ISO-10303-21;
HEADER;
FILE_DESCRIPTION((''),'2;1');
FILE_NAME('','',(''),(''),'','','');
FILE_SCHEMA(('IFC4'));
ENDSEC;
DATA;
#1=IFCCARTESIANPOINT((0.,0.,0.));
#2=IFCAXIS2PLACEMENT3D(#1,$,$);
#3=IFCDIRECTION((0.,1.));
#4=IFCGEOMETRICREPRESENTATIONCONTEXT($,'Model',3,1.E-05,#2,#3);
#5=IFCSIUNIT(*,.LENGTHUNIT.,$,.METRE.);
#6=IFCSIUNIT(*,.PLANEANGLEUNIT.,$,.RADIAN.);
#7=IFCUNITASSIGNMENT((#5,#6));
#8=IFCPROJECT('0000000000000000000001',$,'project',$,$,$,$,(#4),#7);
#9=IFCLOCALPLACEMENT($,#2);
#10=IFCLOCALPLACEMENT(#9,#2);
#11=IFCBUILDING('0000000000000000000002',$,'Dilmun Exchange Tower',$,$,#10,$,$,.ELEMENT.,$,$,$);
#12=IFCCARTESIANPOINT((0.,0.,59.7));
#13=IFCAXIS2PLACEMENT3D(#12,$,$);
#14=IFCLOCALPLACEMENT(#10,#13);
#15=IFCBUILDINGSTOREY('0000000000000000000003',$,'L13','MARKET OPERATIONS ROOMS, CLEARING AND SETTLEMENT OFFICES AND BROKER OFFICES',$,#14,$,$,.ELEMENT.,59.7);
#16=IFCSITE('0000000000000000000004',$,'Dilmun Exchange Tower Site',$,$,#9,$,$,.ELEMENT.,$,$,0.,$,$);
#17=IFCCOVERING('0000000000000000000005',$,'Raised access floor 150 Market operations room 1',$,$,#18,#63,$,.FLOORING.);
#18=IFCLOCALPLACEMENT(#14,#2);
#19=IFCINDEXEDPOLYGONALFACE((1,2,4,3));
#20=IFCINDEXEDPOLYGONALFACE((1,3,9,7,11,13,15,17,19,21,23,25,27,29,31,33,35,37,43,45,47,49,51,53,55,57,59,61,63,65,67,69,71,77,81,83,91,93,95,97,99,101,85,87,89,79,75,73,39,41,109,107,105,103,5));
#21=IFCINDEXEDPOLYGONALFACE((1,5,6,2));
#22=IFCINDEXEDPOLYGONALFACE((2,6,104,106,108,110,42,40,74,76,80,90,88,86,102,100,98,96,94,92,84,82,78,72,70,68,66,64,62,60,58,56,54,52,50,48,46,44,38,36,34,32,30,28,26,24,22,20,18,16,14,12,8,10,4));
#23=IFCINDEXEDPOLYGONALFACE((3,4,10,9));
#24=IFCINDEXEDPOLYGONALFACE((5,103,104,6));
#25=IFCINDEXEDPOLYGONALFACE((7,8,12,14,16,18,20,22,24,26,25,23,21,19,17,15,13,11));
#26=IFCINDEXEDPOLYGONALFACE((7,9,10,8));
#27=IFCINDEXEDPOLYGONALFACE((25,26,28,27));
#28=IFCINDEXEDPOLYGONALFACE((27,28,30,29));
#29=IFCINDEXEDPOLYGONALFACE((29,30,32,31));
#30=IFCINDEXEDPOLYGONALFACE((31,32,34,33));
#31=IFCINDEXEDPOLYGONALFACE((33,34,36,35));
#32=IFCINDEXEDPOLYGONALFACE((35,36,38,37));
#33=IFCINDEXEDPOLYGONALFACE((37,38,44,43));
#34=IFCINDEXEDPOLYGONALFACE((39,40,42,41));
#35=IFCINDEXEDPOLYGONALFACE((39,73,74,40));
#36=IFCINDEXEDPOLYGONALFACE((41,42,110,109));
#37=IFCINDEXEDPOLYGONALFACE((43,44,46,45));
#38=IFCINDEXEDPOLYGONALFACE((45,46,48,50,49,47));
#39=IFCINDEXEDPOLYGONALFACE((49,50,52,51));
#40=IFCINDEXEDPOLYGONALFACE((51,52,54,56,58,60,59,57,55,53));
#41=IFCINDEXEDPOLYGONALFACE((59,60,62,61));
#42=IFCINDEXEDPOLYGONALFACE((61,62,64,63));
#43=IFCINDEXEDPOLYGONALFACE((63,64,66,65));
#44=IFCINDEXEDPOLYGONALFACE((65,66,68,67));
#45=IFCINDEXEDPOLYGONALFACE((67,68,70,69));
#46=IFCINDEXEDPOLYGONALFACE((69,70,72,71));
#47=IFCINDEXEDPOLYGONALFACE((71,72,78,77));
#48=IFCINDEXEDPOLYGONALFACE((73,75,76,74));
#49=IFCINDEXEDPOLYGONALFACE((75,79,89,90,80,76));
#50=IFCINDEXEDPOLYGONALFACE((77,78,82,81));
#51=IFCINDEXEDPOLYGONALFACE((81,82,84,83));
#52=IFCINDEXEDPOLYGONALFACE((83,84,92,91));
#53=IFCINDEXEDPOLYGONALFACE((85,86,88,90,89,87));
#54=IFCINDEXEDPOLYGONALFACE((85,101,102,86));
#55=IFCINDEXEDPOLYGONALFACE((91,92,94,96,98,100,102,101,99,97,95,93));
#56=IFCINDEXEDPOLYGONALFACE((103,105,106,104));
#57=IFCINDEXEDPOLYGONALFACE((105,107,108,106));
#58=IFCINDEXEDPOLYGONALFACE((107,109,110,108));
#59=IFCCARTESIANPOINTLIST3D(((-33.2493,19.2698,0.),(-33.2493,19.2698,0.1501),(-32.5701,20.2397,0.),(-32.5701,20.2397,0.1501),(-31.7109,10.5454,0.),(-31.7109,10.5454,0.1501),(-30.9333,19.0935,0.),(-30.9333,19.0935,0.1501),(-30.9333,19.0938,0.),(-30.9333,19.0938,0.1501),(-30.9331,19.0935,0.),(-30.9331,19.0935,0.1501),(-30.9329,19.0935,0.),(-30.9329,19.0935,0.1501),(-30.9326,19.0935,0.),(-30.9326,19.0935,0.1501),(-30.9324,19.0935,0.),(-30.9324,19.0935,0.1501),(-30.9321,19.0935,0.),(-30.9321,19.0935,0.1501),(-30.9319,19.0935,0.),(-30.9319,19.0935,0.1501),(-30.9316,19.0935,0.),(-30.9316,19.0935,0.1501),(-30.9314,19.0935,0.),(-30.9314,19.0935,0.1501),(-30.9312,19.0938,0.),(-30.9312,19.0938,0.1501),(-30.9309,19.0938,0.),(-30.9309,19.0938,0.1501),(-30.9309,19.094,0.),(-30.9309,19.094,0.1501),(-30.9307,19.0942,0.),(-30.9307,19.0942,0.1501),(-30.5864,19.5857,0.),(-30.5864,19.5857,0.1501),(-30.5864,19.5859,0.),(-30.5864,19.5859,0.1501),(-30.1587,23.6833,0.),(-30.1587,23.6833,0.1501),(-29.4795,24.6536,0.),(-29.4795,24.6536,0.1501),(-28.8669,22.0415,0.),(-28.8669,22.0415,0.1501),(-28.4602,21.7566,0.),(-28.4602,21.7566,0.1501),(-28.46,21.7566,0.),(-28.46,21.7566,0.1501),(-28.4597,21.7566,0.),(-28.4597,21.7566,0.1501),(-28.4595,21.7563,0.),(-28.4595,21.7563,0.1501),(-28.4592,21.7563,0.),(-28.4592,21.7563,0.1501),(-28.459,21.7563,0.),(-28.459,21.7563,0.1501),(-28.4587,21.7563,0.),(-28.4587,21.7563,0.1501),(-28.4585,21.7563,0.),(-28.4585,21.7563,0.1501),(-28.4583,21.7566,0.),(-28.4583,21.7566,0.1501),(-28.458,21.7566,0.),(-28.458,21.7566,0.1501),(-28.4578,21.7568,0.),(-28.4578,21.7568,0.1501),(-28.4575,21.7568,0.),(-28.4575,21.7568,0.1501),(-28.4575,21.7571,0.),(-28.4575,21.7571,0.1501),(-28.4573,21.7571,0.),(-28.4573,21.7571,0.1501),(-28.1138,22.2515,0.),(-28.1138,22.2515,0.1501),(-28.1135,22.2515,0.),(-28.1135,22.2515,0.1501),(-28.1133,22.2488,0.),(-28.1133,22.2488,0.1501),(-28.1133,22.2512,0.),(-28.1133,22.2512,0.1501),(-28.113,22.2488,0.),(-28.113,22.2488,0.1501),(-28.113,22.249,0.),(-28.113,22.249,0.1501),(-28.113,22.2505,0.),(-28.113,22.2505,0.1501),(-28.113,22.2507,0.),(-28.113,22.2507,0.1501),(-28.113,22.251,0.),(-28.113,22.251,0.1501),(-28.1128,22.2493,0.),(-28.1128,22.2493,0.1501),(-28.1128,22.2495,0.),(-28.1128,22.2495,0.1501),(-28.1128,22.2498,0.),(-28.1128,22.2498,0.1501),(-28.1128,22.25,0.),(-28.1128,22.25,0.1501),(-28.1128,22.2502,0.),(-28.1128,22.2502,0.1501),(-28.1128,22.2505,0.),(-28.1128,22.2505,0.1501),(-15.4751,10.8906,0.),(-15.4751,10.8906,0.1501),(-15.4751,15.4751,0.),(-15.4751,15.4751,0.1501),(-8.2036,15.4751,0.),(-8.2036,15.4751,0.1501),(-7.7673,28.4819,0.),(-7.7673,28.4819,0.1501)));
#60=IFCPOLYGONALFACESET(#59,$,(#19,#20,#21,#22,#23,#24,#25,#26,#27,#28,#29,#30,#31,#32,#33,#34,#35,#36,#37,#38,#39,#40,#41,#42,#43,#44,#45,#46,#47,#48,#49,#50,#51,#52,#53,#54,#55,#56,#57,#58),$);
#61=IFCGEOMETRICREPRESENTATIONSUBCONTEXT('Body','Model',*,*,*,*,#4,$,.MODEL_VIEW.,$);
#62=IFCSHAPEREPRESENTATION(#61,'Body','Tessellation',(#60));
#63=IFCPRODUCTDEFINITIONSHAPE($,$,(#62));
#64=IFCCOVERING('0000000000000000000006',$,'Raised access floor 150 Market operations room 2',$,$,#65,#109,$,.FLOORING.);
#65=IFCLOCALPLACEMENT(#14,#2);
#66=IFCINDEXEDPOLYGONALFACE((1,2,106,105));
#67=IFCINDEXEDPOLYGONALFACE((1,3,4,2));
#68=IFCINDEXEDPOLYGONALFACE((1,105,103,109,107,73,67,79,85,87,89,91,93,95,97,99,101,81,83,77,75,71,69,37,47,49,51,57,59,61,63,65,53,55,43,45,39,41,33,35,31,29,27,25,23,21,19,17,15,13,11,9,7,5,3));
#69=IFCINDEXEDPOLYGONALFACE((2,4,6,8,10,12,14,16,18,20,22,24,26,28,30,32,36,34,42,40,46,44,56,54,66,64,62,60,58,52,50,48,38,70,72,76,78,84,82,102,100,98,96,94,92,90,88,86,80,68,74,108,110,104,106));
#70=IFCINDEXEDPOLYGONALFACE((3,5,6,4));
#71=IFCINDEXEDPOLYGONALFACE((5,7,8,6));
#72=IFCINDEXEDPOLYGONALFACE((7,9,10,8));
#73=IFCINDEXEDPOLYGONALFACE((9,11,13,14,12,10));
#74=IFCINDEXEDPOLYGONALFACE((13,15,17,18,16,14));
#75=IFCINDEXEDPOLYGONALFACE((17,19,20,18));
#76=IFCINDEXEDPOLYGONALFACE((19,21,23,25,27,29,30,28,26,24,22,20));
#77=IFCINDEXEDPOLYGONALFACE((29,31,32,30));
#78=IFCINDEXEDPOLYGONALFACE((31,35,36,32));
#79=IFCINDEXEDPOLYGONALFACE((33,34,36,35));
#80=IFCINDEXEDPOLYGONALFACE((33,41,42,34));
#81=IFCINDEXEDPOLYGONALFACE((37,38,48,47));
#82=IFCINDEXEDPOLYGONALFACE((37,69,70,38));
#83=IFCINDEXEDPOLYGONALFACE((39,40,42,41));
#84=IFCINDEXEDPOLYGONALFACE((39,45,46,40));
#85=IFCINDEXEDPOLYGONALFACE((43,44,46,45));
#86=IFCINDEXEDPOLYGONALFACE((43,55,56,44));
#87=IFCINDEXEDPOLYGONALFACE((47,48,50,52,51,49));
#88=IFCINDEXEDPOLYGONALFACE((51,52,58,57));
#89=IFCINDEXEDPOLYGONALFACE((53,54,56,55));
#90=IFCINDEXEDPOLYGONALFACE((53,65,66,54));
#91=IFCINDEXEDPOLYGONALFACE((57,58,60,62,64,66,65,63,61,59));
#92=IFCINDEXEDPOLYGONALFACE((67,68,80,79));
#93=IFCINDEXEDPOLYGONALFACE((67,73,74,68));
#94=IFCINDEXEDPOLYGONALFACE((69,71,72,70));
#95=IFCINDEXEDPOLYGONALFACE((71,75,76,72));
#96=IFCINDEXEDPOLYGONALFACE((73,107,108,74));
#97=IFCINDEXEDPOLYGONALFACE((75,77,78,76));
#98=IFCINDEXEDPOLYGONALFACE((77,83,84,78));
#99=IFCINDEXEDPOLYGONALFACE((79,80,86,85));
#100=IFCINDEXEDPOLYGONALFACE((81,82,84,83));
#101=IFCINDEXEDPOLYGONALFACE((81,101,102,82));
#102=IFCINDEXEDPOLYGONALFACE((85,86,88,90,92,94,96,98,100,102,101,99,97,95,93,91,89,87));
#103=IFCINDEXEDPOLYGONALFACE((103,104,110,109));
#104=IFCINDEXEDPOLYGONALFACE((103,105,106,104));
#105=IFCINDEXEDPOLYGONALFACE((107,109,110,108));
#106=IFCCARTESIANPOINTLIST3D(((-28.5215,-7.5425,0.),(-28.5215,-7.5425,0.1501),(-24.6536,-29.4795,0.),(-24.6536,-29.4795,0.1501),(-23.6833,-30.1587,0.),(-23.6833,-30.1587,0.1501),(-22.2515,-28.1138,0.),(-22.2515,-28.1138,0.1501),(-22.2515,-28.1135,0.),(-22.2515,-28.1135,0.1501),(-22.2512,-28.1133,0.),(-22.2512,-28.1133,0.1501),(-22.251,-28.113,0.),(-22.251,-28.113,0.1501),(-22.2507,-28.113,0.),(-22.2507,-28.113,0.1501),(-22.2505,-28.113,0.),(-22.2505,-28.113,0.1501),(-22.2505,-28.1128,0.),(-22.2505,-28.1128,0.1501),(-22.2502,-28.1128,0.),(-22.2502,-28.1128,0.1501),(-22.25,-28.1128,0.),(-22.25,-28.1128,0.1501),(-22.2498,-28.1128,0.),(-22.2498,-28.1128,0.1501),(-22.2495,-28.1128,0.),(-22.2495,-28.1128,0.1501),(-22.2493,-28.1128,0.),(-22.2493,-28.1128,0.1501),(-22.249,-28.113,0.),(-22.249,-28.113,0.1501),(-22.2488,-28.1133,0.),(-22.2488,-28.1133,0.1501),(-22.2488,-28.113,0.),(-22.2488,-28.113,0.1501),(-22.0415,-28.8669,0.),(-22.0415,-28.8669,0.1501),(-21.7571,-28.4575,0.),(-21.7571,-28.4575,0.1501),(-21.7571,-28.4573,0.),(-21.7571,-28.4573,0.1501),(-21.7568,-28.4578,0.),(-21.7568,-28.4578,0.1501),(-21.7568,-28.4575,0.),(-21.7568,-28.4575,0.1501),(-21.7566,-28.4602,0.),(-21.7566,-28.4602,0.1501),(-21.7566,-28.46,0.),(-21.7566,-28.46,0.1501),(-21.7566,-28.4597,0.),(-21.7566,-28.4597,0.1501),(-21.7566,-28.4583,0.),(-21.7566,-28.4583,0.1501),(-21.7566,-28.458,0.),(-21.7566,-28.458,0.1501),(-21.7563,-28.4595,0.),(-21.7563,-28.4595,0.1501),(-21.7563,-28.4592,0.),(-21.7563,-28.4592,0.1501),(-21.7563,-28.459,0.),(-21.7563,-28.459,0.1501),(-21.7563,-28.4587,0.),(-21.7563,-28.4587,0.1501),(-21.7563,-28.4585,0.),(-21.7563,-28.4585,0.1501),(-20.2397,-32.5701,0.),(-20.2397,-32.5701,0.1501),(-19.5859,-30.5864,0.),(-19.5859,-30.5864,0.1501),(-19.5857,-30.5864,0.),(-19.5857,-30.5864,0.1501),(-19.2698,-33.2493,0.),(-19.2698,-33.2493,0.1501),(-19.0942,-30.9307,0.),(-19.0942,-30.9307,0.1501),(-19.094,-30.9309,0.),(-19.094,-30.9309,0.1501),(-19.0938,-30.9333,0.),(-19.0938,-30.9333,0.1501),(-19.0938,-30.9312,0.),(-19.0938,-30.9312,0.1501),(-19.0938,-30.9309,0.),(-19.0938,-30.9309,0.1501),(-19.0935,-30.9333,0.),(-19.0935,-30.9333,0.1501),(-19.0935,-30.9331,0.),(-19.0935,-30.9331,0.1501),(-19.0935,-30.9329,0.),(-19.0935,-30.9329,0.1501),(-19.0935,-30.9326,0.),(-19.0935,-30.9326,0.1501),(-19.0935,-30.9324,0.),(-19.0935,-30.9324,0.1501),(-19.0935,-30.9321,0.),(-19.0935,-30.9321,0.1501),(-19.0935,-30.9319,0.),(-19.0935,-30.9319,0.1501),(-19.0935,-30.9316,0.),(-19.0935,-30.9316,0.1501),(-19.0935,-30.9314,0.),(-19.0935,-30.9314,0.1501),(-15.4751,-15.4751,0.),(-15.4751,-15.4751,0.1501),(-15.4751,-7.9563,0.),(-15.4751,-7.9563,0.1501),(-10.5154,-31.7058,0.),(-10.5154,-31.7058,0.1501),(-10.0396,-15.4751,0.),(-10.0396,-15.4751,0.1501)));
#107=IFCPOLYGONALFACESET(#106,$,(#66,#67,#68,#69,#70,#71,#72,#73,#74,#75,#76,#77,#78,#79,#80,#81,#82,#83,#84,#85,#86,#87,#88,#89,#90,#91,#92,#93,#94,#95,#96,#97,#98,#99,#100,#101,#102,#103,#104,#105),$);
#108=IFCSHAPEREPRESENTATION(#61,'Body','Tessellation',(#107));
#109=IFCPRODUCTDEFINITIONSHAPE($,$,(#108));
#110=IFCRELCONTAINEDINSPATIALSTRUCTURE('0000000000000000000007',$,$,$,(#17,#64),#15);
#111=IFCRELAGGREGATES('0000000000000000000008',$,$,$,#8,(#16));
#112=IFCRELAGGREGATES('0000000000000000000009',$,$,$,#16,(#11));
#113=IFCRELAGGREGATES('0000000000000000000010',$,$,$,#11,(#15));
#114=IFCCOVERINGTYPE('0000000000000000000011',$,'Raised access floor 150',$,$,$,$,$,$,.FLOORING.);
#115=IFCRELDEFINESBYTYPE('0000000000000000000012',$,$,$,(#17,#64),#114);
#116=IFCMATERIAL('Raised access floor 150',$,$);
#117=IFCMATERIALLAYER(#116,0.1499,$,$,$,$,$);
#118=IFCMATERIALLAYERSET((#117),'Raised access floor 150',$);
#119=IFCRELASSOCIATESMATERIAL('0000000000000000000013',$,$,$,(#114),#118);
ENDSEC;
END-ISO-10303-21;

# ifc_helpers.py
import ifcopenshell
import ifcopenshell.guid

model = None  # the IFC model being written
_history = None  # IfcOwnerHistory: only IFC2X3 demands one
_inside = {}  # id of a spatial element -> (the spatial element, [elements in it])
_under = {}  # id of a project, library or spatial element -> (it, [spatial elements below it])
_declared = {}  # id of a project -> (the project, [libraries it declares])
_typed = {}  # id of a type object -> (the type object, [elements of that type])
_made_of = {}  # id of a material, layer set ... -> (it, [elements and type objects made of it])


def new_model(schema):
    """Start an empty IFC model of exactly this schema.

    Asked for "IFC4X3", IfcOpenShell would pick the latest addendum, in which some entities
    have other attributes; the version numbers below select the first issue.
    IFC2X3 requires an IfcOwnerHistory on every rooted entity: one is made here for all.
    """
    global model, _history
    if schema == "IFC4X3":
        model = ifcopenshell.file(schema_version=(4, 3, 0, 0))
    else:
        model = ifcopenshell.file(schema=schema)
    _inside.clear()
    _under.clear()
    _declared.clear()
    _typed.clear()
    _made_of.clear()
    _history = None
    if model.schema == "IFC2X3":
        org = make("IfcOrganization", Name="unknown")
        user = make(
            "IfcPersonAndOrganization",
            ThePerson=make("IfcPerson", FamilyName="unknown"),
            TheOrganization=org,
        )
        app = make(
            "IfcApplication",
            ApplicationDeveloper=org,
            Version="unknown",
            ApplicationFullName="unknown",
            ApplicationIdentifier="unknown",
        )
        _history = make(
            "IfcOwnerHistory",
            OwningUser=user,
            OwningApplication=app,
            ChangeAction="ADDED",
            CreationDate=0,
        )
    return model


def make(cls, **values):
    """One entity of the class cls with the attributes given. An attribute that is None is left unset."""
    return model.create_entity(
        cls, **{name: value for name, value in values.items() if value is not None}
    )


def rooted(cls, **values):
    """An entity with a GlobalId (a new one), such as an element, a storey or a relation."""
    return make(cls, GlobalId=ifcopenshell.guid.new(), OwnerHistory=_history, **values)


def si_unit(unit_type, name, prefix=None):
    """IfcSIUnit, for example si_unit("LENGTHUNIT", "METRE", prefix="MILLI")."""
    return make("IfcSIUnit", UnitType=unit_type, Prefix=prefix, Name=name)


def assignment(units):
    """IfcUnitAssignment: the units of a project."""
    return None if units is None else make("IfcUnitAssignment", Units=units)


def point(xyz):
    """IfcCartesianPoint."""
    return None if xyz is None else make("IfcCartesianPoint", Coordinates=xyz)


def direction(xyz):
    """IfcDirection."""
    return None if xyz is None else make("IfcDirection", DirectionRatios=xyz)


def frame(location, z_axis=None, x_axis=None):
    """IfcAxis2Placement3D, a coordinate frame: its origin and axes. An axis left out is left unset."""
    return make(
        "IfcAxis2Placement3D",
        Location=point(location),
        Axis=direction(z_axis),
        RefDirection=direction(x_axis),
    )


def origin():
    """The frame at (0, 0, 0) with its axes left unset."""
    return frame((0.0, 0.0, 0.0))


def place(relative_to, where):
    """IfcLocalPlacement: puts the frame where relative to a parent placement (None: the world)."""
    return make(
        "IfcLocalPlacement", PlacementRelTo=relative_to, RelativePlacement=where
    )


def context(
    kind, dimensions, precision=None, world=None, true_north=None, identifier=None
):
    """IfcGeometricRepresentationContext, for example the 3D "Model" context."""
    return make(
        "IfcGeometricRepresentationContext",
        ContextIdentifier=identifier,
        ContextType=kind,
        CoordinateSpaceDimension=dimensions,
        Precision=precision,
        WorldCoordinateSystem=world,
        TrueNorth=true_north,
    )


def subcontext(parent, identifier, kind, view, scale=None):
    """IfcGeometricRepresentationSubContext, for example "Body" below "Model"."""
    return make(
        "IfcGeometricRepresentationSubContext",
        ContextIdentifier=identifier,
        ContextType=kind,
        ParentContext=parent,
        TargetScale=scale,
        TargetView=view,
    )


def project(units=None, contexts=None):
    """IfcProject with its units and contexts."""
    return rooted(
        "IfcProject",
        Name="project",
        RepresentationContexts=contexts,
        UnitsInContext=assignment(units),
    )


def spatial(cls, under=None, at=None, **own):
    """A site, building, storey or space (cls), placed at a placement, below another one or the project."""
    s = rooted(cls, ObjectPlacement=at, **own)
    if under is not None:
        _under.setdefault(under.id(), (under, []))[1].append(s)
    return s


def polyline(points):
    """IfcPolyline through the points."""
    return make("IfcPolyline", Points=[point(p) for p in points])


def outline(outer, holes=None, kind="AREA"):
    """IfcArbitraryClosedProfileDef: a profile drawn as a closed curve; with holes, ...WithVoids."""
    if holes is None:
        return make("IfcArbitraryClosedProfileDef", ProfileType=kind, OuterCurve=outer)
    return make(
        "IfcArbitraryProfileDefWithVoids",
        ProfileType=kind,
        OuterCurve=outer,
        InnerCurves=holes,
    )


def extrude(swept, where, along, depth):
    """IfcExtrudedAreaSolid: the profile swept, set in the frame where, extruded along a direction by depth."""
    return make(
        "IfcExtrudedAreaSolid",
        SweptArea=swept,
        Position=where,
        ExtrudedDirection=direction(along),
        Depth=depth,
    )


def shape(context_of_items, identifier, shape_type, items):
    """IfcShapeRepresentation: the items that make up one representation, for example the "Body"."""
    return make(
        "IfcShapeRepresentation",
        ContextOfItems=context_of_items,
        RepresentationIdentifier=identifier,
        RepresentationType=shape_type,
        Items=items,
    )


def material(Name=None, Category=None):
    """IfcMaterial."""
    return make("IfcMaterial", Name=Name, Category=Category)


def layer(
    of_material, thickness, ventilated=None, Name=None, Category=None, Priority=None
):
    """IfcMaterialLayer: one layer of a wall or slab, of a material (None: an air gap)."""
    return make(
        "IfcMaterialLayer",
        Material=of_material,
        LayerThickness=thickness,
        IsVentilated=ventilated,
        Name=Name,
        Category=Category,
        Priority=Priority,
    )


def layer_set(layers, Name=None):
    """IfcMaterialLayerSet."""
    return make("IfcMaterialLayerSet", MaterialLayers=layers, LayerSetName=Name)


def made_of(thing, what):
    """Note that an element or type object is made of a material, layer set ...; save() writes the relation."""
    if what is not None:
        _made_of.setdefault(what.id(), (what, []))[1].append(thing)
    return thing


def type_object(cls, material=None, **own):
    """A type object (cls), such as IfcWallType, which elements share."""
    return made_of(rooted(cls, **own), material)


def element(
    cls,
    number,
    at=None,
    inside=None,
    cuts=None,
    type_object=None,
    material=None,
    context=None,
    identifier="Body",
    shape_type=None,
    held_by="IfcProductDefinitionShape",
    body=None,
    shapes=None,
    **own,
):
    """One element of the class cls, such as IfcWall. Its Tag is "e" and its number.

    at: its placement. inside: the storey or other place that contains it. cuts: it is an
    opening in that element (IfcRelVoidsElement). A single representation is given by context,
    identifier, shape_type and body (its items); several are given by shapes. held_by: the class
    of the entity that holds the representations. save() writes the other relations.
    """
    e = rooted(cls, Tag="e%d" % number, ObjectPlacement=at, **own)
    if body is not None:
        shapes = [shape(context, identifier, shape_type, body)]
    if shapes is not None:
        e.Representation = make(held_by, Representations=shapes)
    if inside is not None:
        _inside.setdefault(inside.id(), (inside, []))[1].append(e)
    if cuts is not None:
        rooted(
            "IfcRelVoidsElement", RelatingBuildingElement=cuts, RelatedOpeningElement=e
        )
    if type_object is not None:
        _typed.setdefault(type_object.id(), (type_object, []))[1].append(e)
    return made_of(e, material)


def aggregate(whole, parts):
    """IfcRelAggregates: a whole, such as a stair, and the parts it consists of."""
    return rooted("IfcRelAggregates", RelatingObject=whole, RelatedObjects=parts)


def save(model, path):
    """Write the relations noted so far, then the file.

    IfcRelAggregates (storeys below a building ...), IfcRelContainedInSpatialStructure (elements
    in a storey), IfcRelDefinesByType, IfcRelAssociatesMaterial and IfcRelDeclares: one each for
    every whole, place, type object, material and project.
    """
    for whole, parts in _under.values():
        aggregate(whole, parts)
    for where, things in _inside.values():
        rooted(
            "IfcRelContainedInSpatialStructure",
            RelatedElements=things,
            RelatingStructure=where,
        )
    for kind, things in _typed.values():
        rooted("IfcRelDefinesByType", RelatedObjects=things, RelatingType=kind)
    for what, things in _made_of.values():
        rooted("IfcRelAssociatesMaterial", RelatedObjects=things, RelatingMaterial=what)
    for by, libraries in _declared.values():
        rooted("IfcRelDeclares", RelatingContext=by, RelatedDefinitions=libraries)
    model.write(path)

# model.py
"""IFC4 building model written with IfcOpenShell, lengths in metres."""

from ifc_helpers import new_model, si_unit, direction, frame, origin, place, context, subcontext, project, spatial, polyline, outline, extrude, material, layer, layer_set, type_object, element, save


model = new_model("IFC4")

# Units and contexts
model_context = context("Model", 3, precision=1e-05, world=origin(), true_north=direction((0.0, 1.0)))
body_context = subcontext(model_context, "Body", "Model", "MODEL_VIEW")
ifc_project = project(units=[si_unit("LENGTHUNIT", "METRE"), si_unit("PLANEANGLEUNIT", "RADIAN")], contexts=[model_context])

# Site, building, storey
site_placement = place(None, origin())
site = spatial("IfcSite", under=ifc_project, at=site_placement, Name="Dilmun Exchange Tower Site", CompositionType="ELEMENT", RefElevation=0.0)
building_placement = place(site_placement, origin())
building = spatial("IfcBuilding", under=site, at=building_placement, Name="Dilmun Exchange Tower", CompositionType="ELEMENT")
storey_placement = place(building_placement, frame((0.0, 0.0, 59.7)))
storey = spatial("IfcBuildingStorey", under=building, at=storey_placement, Name="L13", Description="MARKET OPERATIONS ROOMS, CLEARING AND SETTLEMENT OFFICES AND BROKER OFFICES", CompositionType="ELEMENT", Elevation=59.7)

# Coverings
ifc_material_1 = material(Name="Raised access floor 150")
ifc_layer_1 = layer(ifc_material_1, 0.1499)
ifc_layer_set_1 = layer_set([ifc_layer_1], Name="Raised access floor 150")
covering_type_1 = type_object("IfcCoveringType", Name="Raised access floor 150", PredefinedType="FLOORING", material=ifc_layer_set_1)
covering_1_placement = place(storey_placement, origin())
element("IfcCovering", 1, at=covering_1_placement, inside=storey, type_object=covering_type_1, Name="Raised access floor 150 Market operations room 1", PredefinedType="FLOORING", context=body_context, shape_type="SweptSolid", body=[
    extrude(outline(polyline([(-8.2036, 15.4751), (-15.4751, 15.4751), (-15.4751, 10.8906), (-31.7109, 10.5454), (-33.2493, 19.2698), (-32.5701, 20.2397), (-30.9333, 19.0938), (-30.9333, 19.0935), (-30.9331, 19.0935), (-30.9329, 19.0935), (-30.9326, 19.0935), (-30.9326, 19.0935), (-30.9324, 19.0935), (-30.9321, 19.0935), (-30.9319, 19.0935), (-30.9316, 19.0935), (-30.9316, 19.0935), (-30.9314, 19.0935), (-30.9312, 19.0938), (-30.9309, 19.0938), (-30.9309, 19.094), (-30.9309, 19.094), (-30.9307, 19.0942), (-30.5864, 19.5857), (-30.5864, 19.5859), (-30.5864, 19.5859), (-28.8669, 22.0415), (-28.4602, 21.7566), (-28.46, 21.7566), (-28.4597, 21.7566), (-28.4597, 21.7566), (-28.4595, 21.7563), (-28.4592, 21.7563), (-28.459, 21.7563), (-28.4587, 21.7563), (-28.4585, 21.7563), (-28.4585, 21.7563), (-28.4583, 21.7566), (-28.458, 21.7566), (-28.458, 21.7566), (-28.4578, 21.7568), (-28.4575, 21.7568), (-28.4575, 21.7571), (-28.4573, 21.7571), (-28.1133, 22.2488), (-28.113, 22.2488), (-28.113, 22.249), (-28.1128, 22.2493), (-28.1128, 22.2495), (-28.1128, 22.2495), (-28.1128, 22.2498), (-28.1128, 22.25), (-28.1128, 22.2502), (-28.1128, 22.2505), (-28.113, 22.2505), (-28.113, 22.2507), (-28.113, 22.251), (-28.1133, 22.2512), (-28.1133, 22.2512), (-28.1135, 22.2515), (-28.1138, 22.2515), (-30.1587, 23.6833), (-29.4795, 24.6536), (-7.7673, 28.4819), (-8.2036, 15.4751)])), origin(), (0.0, 0.0, 1.0), 0.1501),
])
covering_2_placement = place(storey_placement, origin())
element("IfcCovering", 2, at=covering_2_placement, inside=storey, type_object=covering_type_1, Name="Raised access floor 150 Market operations room 2", PredefinedType="FLOORING", context=body_context, shape_type="SweptSolid", body=[
    extrude(outline(polyline([(-15.4751, -7.9563), (-15.4751, -15.4751), (-10.0396, -15.4751), (-10.5154, -31.7058), (-19.2698, -33.2493), (-20.2397, -32.5701), (-19.0938, -30.9333), (-19.0935, -30.9333), (-19.0935, -30.9331), (-19.0935, -30.9329), (-19.0935, -30.9326), (-19.0935, -30.9326), (-19.0935, -30.9324), (-19.0935, -30.9321), (-19.0935, -30.9319), (-19.0935, -30.9316), (-19.0935, -30.9316), (-19.0935, -30.9314), (-19.0938, -30.9312), (-19.0938, -30.9309), (-19.094, -30.9309), (-19.094, -30.9309), (-19.0942, -30.9307), (-19.5857, -30.5864), (-19.5859, -30.5864), (-19.5859, -30.5864), (-22.0415, -28.8669), (-21.7566, -28.4602), (-21.7566, -28.46), (-21.7566, -28.4597), (-21.7566, -28.4597), (-21.7563, -28.4595), (-21.7563, -28.4592), (-21.7563, -28.459), (-21.7563, -28.4587), (-21.7563, -28.4585), (-21.7563, -28.4585), (-21.7566, -28.4583), (-21.7566, -28.458), (-21.7566, -28.458), (-21.7568, -28.4578), (-21.7568, -28.4575), (-21.7571, -28.4575), (-21.7571, -28.4573), (-22.2488, -28.1133), (-22.2488, -28.113), (-22.249, -28.113), (-22.2493, -28.1128), (-22.2495, -28.1128), (-22.2495, -28.1128), (-22.2498, -28.1128), (-22.25, -28.1128), (-22.2502, -28.1128), (-22.2505, -28.1128), (-22.2505, -28.113), (-22.2507, -28.113), (-22.251, -28.113), (-22.2512, -28.1133), (-22.2512, -28.1133), (-22.2515, -28.1135), (-22.2515, -28.1138), (-23.6833, -30.1587), (-24.6536, -29.4795), (-28.5215, -7.5425), (-15.4751, -7.9563)])), origin(), (0.0, 0.0, 1.0), 0.1501),
])

save(model, "model.ifc")
